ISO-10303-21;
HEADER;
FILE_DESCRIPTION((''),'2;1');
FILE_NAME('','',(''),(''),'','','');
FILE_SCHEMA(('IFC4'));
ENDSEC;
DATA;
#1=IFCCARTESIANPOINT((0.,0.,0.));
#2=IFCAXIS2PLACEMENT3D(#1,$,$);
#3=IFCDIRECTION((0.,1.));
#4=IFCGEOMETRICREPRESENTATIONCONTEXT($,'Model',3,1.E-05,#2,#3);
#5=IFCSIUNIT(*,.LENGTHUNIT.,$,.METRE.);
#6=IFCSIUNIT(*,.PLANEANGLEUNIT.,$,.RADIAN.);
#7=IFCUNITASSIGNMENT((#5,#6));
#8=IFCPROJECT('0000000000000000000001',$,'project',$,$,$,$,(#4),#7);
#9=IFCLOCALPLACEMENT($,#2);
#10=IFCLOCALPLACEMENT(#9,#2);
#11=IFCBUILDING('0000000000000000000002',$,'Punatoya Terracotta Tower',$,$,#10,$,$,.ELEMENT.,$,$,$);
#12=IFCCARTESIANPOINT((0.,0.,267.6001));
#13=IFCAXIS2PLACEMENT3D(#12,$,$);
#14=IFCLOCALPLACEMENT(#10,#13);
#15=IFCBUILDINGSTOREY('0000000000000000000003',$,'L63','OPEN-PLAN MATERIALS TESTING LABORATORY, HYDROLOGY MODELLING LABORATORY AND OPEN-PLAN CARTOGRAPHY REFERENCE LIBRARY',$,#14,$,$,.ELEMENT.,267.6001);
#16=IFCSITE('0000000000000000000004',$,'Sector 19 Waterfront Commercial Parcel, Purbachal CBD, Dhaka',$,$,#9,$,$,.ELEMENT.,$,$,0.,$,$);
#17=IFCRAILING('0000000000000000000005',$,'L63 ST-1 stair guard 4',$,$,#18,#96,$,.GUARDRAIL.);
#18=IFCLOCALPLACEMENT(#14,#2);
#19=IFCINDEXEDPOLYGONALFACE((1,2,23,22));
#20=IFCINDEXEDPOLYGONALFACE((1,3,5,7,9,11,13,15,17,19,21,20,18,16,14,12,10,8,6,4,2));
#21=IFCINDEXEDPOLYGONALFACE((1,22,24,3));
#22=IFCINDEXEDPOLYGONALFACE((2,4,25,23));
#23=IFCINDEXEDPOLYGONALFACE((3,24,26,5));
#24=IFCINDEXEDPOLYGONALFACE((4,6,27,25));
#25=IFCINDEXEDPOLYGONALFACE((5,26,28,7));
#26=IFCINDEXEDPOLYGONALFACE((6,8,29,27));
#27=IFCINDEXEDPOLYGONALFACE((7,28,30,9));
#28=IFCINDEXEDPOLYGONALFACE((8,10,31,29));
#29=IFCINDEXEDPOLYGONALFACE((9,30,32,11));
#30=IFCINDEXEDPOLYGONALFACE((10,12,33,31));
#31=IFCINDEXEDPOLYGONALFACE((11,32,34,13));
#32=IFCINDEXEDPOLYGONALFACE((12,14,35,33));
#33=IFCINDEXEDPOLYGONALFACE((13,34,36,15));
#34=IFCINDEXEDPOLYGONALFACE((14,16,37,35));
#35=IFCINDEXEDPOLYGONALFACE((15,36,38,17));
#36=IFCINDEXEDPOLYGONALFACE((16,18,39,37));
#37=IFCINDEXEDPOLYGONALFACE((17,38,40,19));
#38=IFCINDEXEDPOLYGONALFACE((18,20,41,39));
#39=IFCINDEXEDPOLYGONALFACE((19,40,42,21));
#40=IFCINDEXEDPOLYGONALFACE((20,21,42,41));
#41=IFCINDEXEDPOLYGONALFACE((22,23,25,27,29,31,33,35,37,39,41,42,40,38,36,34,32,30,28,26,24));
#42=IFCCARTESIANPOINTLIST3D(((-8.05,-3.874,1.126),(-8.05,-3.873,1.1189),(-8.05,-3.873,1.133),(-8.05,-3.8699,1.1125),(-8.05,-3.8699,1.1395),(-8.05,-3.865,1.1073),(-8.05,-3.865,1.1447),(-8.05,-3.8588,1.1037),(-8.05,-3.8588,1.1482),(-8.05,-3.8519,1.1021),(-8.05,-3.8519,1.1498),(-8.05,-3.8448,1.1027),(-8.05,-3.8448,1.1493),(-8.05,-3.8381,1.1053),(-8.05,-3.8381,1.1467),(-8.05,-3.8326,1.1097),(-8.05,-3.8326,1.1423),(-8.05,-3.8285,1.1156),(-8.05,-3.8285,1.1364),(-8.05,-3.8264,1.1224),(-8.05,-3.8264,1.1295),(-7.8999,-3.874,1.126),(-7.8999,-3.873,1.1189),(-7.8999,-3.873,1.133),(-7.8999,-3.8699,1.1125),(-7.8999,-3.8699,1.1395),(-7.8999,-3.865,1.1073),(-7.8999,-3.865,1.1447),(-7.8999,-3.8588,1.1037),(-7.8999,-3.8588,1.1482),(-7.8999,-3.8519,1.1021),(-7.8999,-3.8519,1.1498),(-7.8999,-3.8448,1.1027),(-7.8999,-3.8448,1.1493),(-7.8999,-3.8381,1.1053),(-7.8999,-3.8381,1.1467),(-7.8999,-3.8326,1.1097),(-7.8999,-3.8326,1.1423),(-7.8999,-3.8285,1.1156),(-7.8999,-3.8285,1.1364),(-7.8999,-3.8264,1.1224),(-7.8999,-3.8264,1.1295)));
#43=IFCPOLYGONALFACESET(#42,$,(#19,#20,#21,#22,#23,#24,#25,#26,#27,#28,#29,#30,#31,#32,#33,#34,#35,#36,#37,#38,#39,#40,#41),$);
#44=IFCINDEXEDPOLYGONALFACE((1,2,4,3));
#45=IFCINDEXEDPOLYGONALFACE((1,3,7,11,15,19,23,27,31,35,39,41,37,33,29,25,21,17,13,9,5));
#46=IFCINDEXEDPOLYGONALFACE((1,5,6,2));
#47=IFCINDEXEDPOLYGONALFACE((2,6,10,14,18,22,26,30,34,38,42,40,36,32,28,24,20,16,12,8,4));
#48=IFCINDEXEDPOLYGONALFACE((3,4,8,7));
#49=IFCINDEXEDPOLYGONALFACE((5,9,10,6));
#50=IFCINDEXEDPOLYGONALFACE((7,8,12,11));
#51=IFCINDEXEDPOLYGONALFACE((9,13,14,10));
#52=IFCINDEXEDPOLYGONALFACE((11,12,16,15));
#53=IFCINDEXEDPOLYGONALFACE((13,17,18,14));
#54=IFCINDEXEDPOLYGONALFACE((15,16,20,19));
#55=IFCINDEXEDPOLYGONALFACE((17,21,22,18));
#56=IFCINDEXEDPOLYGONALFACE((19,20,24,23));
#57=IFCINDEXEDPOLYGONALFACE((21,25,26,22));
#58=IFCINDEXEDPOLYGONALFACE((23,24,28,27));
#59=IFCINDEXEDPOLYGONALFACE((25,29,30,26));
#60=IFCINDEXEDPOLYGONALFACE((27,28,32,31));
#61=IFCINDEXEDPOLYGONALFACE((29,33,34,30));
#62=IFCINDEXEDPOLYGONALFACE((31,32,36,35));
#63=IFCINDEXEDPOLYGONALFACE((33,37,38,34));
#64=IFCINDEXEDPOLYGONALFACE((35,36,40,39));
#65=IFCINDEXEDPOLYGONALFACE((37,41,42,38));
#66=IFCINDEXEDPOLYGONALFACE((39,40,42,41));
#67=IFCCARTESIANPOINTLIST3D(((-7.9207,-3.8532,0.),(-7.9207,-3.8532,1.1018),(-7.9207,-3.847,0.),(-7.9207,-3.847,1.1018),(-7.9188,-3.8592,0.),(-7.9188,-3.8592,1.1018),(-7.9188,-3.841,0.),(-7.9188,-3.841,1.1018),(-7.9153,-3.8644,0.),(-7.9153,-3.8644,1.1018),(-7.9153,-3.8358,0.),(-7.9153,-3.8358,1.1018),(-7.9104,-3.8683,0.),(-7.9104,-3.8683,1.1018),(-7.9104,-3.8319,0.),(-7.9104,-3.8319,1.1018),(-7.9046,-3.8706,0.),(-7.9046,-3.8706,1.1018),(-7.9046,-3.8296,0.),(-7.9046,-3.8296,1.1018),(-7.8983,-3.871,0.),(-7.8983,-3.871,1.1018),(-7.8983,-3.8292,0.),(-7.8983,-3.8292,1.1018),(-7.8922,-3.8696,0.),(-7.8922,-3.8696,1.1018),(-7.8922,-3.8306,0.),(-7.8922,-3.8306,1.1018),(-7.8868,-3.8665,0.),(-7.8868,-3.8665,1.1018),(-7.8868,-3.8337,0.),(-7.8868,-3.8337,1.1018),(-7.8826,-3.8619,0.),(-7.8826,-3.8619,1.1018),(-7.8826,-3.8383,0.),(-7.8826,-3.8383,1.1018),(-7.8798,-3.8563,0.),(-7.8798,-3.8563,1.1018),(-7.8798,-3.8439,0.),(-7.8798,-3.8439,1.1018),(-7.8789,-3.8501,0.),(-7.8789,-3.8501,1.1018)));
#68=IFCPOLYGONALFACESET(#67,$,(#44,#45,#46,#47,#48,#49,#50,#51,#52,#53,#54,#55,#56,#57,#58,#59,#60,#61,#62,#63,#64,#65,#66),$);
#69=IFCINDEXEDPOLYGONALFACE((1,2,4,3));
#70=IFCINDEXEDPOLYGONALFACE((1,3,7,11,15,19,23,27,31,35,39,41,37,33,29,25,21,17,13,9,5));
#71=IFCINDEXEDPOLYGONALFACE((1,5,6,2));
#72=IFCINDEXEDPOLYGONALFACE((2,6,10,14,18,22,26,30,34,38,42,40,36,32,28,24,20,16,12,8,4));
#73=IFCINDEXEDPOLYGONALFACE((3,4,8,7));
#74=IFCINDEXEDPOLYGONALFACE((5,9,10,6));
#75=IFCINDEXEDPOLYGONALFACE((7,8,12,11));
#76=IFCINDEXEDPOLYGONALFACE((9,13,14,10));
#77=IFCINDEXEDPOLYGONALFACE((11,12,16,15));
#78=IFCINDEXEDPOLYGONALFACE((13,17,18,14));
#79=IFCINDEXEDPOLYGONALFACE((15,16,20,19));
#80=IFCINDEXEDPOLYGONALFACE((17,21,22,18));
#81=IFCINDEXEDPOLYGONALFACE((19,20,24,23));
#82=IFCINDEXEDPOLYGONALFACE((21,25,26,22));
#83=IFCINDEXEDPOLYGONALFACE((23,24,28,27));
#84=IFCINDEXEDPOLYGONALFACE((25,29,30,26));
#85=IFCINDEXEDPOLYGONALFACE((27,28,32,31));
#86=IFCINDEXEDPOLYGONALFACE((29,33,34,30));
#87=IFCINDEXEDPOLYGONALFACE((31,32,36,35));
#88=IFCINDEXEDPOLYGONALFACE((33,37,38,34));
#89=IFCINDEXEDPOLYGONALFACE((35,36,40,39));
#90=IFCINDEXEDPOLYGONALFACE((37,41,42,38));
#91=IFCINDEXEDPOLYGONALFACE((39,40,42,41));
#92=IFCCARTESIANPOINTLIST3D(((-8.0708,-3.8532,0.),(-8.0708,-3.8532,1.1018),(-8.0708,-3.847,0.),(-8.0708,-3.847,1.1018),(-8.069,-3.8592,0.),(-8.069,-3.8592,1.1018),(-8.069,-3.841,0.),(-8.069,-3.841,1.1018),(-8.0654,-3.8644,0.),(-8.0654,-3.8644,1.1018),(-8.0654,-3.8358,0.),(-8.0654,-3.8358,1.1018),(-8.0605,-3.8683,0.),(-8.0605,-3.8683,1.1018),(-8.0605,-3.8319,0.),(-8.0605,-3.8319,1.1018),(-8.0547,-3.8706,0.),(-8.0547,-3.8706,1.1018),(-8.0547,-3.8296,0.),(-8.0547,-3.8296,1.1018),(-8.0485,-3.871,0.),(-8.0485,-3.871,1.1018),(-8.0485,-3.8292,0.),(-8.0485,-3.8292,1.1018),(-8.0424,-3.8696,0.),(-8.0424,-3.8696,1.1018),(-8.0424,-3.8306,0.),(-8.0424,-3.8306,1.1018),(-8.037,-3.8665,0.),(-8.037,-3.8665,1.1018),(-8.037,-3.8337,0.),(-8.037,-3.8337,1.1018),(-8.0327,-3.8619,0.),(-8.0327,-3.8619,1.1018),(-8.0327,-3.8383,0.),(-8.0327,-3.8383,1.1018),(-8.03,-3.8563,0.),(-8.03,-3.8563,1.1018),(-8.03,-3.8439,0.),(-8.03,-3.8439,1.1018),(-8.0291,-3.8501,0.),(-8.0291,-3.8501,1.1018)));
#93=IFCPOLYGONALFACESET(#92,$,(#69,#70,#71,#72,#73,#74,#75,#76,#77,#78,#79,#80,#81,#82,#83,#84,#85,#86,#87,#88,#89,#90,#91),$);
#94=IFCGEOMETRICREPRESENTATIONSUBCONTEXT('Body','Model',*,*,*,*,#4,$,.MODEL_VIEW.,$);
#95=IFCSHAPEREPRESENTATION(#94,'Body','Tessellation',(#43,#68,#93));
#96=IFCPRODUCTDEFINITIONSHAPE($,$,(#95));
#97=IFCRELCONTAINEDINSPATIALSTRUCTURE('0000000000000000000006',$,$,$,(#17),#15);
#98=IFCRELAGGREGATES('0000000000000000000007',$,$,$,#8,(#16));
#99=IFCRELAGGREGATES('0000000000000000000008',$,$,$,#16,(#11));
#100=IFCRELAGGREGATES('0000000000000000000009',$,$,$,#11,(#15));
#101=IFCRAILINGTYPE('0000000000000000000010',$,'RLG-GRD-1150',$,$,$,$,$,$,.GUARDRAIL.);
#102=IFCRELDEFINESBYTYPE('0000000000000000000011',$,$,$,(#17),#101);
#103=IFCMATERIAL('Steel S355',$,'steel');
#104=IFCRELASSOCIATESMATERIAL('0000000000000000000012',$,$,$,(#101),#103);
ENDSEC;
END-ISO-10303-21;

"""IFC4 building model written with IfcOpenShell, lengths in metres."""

from ifc_helpers import new_model, si_unit, direction, frame, origin, origin_2d, place, context, subcontext, project, spatial, circle, extrude, material, type_object, element, save


model = new_model("IFC4")

# Units and contexts
model_context = context("Model", 3, precision=1e-05, world=origin(), true_north=direction((0.0, 1.0)))
body_context = subcontext(model_context, "Body", "Model", "MODEL_VIEW")
ifc_project = project(units=[si_unit("LENGTHUNIT", "METRE"), si_unit("PLANEANGLEUNIT", "RADIAN")], contexts=[model_context])

# Site, building, storey
site_placement = place(None, origin())
site = spatial("IfcSite", under=ifc_project, at=site_placement, Name="Sector 19 Waterfront Commercial Parcel, Purbachal CBD, Dhaka", CompositionType="ELEMENT", RefElevation=0.0)
building_placement = place(site_placement, origin())
building = spatial("IfcBuilding", under=site, at=building_placement, Name="Punatoya Terracotta Tower", CompositionType="ELEMENT")
storey_placement = place(building_placement, frame((0.0, 0.0, 267.6001)))
storey = spatial("IfcBuildingStorey", under=building, at=storey_placement, Name="L63", Description="OPEN-PLAN MATERIALS TESTING LABORATORY, HYDROLOGY MODELLING LABORATORY AND OPEN-PLAN CARTOGRAPHY REFERENCE LIBRARY", CompositionType="ELEMENT", Elevation=267.6001)

# Railing
ifc_material_1 = material(Name="Steel S355", Category="steel")
railing_type_1 = type_object("IfcRailingType", Name="RLG-GRD-1150", PredefinedType="GUARDRAIL", material=ifc_material_1)
railing_1_placement = place(storey_placement, frame((-7.8999, -3.8501, 0.0)))
element("IfcRailing", 1, at=railing_1_placement, inside=storey, type_object=railing_type_1, Name="L63 ST-1 stair guard 4", PredefinedType="GUARDRAIL", context=body_context, shape_type="SweptSolid", body=[
    extrude(circle(Radius=0.0239, at=origin_2d()), frame((0.0, 0.0, 1.126), z_axis=(-1.0, 0.0, 0.0), x_axis=(0.0, -1.0, 0.0)), (0.0, 0.0, 1.0), 0.1501),
    extrude(circle(Radius=0.021, at=origin_2d()), origin(), (0.0, 0.0, 1.0), 1.1018),
    extrude(circle(Radius=0.021, at=origin_2d()), frame((-0.1501, 0.0, 0.0)), (0.0, 0.0, 1.0), 1.1018),
])

save(model, "model.ifc")
